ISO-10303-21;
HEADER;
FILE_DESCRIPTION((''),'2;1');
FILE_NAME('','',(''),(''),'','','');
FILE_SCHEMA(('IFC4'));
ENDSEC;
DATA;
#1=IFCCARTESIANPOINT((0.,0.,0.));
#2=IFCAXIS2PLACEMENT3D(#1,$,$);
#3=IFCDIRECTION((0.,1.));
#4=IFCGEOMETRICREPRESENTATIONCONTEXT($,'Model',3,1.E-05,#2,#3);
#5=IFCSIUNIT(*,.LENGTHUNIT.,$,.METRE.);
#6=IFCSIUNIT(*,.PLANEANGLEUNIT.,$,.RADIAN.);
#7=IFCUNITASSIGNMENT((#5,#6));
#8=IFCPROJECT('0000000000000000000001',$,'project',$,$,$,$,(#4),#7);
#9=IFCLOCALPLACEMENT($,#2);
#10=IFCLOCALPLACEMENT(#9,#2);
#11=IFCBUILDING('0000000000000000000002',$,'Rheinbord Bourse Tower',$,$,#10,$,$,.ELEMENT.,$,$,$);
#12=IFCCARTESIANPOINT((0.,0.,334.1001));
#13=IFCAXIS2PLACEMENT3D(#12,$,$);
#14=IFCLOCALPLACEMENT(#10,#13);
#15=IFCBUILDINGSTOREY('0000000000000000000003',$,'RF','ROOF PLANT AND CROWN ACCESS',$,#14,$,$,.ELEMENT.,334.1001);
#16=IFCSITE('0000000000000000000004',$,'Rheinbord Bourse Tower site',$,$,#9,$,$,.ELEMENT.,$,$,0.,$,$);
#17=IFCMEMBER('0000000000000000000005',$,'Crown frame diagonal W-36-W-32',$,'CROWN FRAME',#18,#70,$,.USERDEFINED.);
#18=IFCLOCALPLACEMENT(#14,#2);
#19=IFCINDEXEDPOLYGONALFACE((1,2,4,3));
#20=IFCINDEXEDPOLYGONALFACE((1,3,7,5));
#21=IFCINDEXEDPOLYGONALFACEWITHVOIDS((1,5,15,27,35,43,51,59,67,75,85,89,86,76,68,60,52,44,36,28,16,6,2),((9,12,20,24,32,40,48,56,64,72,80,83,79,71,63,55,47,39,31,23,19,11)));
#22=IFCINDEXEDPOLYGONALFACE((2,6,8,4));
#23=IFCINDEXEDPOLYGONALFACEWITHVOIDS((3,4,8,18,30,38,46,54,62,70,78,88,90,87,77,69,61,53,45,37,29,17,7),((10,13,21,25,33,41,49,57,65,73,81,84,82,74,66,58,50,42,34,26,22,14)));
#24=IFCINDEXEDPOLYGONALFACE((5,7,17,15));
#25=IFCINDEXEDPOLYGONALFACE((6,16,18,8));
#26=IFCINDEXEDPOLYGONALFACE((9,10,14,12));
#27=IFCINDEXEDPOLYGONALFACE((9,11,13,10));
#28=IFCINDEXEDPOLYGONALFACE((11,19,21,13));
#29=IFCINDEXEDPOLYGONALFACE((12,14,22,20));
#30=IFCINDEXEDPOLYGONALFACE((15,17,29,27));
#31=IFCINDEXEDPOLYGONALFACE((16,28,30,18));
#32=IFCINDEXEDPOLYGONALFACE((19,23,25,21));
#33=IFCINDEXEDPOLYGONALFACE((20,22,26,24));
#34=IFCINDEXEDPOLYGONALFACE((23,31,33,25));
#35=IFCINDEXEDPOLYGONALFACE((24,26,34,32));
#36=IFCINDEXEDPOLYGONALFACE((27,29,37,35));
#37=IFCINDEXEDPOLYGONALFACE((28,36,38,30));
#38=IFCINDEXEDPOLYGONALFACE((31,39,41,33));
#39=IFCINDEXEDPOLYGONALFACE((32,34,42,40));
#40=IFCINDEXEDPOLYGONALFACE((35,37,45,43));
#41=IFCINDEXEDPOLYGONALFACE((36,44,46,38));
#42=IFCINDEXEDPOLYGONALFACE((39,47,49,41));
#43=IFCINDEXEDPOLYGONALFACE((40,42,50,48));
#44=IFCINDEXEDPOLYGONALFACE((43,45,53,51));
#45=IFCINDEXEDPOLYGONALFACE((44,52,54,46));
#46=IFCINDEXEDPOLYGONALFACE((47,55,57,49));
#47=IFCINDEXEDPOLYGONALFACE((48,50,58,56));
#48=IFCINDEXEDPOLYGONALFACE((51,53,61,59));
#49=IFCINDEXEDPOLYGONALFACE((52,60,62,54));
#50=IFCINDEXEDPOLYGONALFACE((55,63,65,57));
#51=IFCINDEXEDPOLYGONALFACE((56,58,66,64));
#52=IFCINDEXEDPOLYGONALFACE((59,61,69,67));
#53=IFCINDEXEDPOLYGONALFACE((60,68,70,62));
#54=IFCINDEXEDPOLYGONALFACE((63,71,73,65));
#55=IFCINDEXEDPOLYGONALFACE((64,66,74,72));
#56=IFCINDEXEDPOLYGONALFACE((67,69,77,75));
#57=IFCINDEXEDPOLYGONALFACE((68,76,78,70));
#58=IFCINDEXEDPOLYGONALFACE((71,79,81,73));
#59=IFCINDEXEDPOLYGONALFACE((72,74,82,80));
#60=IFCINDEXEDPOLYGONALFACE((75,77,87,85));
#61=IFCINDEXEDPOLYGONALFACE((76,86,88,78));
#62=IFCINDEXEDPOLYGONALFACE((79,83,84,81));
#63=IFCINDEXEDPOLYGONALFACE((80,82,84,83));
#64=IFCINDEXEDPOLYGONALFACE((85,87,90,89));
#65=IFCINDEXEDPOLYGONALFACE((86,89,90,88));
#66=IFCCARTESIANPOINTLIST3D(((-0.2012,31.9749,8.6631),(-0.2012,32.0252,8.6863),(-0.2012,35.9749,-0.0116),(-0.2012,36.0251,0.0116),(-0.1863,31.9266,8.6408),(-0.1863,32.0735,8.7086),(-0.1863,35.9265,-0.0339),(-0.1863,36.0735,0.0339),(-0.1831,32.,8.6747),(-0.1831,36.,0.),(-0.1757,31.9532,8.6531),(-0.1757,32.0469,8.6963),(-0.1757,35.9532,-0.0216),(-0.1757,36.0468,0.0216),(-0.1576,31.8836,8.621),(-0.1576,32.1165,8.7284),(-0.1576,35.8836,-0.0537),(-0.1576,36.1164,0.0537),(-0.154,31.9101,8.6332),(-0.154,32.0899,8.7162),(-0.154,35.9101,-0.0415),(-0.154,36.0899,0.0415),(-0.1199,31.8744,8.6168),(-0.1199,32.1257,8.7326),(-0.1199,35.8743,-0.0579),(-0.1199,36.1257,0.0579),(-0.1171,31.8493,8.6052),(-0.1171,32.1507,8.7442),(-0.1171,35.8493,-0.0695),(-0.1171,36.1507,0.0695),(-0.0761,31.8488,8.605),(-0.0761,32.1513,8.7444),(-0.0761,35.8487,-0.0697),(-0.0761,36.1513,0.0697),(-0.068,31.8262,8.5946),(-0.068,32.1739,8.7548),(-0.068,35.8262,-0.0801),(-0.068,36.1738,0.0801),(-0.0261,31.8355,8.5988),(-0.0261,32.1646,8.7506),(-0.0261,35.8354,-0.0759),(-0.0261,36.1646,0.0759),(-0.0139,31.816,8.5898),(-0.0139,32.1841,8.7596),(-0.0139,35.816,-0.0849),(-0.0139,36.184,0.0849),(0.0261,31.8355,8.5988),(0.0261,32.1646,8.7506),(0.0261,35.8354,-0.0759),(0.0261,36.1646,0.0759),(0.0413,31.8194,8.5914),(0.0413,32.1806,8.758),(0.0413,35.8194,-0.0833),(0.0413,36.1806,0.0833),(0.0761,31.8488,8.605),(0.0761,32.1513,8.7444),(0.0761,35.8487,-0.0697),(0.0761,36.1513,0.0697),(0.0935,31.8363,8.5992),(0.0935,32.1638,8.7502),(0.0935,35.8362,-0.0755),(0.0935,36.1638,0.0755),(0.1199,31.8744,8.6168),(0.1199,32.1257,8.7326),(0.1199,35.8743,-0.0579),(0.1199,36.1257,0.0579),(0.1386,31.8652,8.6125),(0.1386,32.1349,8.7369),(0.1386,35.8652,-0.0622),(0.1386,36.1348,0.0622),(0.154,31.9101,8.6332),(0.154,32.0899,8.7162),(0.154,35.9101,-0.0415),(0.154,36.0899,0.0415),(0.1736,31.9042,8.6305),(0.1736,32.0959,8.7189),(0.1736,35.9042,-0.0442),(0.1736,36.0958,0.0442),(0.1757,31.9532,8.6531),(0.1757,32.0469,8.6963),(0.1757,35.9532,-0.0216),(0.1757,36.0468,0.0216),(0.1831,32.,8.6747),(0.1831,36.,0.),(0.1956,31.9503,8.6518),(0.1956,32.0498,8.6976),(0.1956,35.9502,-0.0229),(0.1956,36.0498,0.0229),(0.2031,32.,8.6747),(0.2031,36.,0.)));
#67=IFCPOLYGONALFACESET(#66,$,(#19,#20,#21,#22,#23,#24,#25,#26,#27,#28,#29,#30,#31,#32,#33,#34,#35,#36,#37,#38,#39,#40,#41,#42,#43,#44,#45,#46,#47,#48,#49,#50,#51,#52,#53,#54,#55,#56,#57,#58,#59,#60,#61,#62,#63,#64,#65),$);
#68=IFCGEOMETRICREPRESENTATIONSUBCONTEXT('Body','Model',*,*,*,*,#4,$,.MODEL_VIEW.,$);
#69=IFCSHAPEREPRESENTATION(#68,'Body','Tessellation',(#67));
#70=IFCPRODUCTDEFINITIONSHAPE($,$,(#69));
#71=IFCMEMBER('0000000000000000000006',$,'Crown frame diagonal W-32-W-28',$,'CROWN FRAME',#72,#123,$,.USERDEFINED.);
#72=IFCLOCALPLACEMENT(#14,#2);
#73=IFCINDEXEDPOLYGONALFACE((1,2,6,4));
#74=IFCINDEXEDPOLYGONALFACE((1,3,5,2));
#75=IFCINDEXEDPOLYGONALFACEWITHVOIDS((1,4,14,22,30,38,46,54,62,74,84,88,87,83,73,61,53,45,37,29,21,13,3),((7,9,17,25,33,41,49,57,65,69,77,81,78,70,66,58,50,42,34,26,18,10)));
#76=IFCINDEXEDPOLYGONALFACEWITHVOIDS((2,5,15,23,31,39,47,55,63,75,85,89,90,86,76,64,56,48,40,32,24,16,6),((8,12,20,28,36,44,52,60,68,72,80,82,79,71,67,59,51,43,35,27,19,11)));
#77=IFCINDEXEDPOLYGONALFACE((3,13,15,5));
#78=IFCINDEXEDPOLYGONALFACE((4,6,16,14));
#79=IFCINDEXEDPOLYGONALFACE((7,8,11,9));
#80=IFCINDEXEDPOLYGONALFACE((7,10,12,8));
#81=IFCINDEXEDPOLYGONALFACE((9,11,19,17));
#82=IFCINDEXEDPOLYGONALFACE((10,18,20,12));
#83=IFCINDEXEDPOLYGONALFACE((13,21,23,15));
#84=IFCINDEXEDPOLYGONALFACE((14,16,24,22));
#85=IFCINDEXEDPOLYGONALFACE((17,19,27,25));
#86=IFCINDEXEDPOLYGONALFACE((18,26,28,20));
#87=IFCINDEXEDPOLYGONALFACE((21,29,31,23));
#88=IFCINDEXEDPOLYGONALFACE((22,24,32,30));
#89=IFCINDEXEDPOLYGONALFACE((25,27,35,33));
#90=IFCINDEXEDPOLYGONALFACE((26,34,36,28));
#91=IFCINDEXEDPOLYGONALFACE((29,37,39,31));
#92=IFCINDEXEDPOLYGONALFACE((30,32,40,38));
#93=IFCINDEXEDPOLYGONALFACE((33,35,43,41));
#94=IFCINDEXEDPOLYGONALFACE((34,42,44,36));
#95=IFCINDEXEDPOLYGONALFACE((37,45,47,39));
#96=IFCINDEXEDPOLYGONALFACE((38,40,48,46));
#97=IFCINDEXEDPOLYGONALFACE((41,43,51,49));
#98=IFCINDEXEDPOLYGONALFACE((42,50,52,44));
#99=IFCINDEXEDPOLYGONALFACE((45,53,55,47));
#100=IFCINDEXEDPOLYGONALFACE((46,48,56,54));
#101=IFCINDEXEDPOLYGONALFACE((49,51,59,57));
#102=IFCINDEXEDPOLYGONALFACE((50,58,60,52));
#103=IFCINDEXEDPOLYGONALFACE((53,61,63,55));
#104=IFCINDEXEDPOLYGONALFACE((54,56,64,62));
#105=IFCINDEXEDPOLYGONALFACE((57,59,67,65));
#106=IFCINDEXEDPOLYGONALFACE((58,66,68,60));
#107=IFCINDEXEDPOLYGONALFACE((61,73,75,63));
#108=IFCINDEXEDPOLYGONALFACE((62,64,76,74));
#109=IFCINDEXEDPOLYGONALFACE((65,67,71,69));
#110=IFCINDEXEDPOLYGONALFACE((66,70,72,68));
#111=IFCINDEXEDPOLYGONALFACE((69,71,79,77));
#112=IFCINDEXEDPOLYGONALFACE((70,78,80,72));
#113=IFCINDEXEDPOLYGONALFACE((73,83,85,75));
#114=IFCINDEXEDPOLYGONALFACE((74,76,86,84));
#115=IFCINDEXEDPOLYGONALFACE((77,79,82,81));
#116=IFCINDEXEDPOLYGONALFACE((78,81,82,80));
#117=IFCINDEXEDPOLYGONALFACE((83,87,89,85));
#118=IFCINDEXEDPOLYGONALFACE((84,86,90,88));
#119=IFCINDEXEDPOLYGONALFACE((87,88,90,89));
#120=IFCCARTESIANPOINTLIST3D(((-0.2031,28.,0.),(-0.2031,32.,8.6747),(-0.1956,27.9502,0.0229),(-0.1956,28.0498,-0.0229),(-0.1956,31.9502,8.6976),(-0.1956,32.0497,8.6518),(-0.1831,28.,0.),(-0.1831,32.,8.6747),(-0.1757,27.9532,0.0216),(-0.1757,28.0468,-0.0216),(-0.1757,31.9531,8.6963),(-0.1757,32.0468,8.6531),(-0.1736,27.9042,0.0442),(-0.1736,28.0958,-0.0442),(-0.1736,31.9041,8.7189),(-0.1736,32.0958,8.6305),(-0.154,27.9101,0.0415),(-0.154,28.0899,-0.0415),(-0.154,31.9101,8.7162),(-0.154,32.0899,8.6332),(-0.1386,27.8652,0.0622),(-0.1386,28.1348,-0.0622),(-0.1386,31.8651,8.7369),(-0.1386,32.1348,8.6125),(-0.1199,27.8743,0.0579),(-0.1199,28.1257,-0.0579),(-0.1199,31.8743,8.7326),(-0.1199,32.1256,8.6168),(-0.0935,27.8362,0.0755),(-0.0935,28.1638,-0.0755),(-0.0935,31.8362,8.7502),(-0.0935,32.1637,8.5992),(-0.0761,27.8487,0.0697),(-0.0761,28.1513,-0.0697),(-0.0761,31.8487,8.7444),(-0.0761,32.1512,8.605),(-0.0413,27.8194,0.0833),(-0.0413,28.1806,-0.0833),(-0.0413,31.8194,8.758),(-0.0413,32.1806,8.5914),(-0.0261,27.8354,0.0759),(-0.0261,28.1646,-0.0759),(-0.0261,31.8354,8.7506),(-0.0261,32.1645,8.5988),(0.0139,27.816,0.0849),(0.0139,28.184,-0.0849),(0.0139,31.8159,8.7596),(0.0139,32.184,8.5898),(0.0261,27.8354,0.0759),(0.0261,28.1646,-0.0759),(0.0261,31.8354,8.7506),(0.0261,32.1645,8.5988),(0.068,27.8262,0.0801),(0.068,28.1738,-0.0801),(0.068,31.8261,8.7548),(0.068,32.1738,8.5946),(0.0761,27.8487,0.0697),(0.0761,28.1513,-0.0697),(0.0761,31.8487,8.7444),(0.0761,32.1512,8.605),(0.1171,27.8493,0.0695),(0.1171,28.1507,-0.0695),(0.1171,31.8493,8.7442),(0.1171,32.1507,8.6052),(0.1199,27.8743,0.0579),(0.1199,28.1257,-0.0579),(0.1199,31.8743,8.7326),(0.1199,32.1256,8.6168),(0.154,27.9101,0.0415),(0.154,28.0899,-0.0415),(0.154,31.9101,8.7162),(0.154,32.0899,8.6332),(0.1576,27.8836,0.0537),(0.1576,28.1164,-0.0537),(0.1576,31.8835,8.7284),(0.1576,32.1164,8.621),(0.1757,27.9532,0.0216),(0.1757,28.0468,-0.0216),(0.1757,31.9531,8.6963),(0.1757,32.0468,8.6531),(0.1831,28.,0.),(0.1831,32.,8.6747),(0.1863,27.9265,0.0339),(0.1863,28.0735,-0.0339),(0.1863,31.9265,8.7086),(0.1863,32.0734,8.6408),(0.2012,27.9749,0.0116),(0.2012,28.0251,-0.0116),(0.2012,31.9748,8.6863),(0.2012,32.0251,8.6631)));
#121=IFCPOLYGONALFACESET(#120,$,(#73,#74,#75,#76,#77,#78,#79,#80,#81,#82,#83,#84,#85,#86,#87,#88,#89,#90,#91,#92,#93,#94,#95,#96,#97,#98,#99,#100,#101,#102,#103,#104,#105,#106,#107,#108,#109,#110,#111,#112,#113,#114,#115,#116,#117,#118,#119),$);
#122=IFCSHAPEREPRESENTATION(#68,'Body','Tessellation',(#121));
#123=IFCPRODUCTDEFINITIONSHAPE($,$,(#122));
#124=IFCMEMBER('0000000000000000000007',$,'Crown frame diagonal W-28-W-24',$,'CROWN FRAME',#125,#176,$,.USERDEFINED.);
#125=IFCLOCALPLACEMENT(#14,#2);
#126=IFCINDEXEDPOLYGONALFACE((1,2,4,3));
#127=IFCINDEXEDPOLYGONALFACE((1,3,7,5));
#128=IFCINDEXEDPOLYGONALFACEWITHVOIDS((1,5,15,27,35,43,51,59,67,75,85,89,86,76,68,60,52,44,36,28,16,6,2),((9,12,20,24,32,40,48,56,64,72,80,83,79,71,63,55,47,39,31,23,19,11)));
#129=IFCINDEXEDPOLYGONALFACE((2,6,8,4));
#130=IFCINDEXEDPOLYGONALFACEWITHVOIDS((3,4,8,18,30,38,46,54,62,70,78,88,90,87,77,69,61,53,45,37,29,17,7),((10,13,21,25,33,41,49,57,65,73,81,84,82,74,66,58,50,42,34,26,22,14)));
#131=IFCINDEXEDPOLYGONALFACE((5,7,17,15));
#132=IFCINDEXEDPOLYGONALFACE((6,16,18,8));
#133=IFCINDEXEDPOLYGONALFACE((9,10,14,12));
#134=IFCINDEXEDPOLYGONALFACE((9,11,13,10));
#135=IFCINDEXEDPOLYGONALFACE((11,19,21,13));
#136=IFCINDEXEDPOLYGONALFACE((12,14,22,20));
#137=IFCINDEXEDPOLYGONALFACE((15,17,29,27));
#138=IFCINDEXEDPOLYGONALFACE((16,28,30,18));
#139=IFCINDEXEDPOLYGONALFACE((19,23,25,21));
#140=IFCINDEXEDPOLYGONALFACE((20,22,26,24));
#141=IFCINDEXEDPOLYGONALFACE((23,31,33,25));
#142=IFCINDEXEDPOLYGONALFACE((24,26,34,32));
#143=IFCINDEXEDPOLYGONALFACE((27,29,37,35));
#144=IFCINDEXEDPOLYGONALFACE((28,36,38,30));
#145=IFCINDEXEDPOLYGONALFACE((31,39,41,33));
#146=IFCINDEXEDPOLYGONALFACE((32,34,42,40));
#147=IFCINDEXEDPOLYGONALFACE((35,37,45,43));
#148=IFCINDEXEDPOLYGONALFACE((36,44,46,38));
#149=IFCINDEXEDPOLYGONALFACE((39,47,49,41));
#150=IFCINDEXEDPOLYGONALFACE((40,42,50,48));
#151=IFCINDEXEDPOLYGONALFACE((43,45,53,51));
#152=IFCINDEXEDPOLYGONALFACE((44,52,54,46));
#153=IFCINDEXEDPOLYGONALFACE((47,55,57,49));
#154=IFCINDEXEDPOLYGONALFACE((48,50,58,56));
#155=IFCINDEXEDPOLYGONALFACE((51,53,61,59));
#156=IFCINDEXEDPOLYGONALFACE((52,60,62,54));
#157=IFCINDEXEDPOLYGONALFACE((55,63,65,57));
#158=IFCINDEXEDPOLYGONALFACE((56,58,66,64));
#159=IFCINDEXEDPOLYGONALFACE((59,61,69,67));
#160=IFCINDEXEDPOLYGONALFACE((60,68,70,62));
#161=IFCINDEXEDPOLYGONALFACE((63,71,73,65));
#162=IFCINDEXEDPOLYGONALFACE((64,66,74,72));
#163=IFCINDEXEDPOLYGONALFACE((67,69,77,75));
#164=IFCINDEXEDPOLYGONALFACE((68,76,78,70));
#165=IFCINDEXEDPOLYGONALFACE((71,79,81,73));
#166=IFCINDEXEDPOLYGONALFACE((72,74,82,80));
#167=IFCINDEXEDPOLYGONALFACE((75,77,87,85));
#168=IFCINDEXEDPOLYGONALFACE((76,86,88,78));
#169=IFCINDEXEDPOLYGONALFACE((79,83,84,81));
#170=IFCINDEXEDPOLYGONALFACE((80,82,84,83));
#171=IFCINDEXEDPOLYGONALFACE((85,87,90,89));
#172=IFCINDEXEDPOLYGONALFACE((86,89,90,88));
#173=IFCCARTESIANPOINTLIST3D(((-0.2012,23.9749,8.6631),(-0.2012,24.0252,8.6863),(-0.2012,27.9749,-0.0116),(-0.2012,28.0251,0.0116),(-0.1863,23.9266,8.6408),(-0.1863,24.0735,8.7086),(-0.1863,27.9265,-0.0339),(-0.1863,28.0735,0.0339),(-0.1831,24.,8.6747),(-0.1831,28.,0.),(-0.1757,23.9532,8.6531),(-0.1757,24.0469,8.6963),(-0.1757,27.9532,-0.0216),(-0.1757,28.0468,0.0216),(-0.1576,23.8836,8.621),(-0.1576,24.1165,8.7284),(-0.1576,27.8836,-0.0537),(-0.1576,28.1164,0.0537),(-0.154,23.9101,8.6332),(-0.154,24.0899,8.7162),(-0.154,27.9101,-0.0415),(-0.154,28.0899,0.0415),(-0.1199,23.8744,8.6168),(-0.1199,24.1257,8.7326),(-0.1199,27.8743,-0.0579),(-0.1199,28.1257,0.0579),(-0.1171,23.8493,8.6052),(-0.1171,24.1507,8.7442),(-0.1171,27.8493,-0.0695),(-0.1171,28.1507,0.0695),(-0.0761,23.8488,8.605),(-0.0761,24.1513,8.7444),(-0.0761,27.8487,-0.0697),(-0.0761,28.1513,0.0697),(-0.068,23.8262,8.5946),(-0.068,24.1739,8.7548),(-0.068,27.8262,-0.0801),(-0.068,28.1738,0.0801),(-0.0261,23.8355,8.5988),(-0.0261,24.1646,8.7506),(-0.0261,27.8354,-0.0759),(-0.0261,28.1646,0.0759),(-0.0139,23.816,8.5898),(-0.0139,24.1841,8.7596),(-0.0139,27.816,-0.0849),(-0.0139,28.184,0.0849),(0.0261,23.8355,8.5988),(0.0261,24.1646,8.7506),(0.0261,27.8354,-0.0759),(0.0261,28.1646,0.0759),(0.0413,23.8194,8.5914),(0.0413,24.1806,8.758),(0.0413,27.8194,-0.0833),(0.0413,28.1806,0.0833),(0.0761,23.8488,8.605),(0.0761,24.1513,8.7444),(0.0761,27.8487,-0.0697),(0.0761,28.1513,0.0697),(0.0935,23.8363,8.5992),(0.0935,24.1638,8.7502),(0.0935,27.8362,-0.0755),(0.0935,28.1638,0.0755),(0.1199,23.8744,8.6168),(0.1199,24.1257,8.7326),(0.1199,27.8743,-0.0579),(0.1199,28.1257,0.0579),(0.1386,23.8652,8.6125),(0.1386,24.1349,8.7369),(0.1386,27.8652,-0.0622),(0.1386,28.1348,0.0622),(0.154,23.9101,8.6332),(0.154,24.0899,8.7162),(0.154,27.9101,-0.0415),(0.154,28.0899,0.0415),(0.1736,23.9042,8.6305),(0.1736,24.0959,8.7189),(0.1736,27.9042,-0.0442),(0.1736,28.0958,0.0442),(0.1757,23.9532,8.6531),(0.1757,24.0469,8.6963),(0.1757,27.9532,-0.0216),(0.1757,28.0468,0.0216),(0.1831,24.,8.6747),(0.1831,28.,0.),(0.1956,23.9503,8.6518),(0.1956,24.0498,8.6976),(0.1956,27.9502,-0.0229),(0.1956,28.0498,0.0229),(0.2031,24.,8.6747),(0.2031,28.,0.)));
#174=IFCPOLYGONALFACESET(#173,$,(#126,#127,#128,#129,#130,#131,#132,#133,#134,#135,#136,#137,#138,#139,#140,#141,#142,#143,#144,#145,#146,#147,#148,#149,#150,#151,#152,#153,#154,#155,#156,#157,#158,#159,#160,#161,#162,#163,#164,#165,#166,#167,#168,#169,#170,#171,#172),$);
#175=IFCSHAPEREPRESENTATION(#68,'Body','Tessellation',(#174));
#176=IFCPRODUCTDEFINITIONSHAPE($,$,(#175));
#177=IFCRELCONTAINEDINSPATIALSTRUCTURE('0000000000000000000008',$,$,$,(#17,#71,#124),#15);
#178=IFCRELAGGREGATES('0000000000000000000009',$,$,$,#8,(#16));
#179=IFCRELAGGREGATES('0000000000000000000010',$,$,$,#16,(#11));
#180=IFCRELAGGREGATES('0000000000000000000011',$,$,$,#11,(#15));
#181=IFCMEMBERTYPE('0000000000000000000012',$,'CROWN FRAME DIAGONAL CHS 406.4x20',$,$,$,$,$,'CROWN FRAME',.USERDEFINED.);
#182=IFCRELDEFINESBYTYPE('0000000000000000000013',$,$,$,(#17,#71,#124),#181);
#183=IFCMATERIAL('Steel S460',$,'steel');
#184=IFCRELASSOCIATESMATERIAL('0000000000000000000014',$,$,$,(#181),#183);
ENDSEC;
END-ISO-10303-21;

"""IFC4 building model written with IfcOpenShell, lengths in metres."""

from ifc_helpers import new_model, si_unit, direction, frame, origin, origin_2d, place, context, subcontext, project, spatial, hollow_circle, extrude, material, material_profile, profile_set, type_object, element, save


model = new_model("IFC4")

# Units and contexts
model_context = context("Model", 3, precision=1e-05, world=origin(), true_north=direction((0.0, 1.0)))
body_context = subcontext(model_context, "Body", "Model", "MODEL_VIEW")
ifc_project = project(units=[si_unit("LENGTHUNIT", "METRE"), si_unit("PLANEANGLEUNIT", "RADIAN")], contexts=[model_context])

# Site, building, storey
site_placement = place(None, origin())
site = spatial("IfcSite", under=ifc_project, at=site_placement, Name="Rheinbord Bourse Tower site", CompositionType="ELEMENT", RefElevation=0.0)
building_placement = place(site_placement, origin())
building = spatial("IfcBuilding", under=site, at=building_placement, Name="Rheinbord Bourse Tower", CompositionType="ELEMENT")
storey_placement = place(building_placement, frame((0.0, 0.0, 334.1001)))
storey = spatial("IfcBuildingStorey", under=building, at=storey_placement, Name="RF", Description="ROOF PLANT AND CROWN ACCESS", CompositionType="ELEMENT", Elevation=334.1001)

# Members
ifc_material_1 = material(Name="Steel S460", Category="steel")
ifc_material_profile_1 = material_profile(ifc_material_1, hollow_circle(Radius=0.2031, WallThickness=0.02, at=origin_2d()), Name="CHS 406.4x20")
ifc_profile_set_1 = profile_set([ifc_material_profile_1], Name="Steel S460")
member_type = type_object("IfcMemberType", Name="CROWN FRAME DIAGONAL CHS 406.4x20", ElementType="CROWN FRAME", PredefinedType="USERDEFINED", material=ifc_profile_set_1)
for number, where, z_axis, x_axis, name in (
    (1, (0.0, 36.0, 0.0), (0.0, -0.418734, 0.908109), (1.0, 0.0, 0.0), "Crown frame diagonal W-36-W-32"),
    (2, (0.0, 28.0, 0.0), (0.0, 0.418734, 0.908109), (-1.0, 0.0, 0.0), "Crown frame diagonal W-32-W-28"),
    (3, (0.0, 28.0, 0.0), (0.0, -0.418734, 0.908109), (1.0, 0.0, 0.0), "Crown frame diagonal W-28-W-24"),
):
    element("IfcMember", number, at=place(storey_placement, frame(where, z_axis=z_axis, x_axis=x_axis)), inside=storey, type_object=member_type, Name=name, ObjectType="CROWN FRAME", PredefinedType="USERDEFINED", context=body_context, shape_type="SweptSolid", body=[
        extrude(hollow_circle(Radius=0.2031, WallThickness=0.02, at=origin_2d()), origin(), (0.0, 0.0, 1.0), 9.5525),
    ])

save(model, "model.ifc")
